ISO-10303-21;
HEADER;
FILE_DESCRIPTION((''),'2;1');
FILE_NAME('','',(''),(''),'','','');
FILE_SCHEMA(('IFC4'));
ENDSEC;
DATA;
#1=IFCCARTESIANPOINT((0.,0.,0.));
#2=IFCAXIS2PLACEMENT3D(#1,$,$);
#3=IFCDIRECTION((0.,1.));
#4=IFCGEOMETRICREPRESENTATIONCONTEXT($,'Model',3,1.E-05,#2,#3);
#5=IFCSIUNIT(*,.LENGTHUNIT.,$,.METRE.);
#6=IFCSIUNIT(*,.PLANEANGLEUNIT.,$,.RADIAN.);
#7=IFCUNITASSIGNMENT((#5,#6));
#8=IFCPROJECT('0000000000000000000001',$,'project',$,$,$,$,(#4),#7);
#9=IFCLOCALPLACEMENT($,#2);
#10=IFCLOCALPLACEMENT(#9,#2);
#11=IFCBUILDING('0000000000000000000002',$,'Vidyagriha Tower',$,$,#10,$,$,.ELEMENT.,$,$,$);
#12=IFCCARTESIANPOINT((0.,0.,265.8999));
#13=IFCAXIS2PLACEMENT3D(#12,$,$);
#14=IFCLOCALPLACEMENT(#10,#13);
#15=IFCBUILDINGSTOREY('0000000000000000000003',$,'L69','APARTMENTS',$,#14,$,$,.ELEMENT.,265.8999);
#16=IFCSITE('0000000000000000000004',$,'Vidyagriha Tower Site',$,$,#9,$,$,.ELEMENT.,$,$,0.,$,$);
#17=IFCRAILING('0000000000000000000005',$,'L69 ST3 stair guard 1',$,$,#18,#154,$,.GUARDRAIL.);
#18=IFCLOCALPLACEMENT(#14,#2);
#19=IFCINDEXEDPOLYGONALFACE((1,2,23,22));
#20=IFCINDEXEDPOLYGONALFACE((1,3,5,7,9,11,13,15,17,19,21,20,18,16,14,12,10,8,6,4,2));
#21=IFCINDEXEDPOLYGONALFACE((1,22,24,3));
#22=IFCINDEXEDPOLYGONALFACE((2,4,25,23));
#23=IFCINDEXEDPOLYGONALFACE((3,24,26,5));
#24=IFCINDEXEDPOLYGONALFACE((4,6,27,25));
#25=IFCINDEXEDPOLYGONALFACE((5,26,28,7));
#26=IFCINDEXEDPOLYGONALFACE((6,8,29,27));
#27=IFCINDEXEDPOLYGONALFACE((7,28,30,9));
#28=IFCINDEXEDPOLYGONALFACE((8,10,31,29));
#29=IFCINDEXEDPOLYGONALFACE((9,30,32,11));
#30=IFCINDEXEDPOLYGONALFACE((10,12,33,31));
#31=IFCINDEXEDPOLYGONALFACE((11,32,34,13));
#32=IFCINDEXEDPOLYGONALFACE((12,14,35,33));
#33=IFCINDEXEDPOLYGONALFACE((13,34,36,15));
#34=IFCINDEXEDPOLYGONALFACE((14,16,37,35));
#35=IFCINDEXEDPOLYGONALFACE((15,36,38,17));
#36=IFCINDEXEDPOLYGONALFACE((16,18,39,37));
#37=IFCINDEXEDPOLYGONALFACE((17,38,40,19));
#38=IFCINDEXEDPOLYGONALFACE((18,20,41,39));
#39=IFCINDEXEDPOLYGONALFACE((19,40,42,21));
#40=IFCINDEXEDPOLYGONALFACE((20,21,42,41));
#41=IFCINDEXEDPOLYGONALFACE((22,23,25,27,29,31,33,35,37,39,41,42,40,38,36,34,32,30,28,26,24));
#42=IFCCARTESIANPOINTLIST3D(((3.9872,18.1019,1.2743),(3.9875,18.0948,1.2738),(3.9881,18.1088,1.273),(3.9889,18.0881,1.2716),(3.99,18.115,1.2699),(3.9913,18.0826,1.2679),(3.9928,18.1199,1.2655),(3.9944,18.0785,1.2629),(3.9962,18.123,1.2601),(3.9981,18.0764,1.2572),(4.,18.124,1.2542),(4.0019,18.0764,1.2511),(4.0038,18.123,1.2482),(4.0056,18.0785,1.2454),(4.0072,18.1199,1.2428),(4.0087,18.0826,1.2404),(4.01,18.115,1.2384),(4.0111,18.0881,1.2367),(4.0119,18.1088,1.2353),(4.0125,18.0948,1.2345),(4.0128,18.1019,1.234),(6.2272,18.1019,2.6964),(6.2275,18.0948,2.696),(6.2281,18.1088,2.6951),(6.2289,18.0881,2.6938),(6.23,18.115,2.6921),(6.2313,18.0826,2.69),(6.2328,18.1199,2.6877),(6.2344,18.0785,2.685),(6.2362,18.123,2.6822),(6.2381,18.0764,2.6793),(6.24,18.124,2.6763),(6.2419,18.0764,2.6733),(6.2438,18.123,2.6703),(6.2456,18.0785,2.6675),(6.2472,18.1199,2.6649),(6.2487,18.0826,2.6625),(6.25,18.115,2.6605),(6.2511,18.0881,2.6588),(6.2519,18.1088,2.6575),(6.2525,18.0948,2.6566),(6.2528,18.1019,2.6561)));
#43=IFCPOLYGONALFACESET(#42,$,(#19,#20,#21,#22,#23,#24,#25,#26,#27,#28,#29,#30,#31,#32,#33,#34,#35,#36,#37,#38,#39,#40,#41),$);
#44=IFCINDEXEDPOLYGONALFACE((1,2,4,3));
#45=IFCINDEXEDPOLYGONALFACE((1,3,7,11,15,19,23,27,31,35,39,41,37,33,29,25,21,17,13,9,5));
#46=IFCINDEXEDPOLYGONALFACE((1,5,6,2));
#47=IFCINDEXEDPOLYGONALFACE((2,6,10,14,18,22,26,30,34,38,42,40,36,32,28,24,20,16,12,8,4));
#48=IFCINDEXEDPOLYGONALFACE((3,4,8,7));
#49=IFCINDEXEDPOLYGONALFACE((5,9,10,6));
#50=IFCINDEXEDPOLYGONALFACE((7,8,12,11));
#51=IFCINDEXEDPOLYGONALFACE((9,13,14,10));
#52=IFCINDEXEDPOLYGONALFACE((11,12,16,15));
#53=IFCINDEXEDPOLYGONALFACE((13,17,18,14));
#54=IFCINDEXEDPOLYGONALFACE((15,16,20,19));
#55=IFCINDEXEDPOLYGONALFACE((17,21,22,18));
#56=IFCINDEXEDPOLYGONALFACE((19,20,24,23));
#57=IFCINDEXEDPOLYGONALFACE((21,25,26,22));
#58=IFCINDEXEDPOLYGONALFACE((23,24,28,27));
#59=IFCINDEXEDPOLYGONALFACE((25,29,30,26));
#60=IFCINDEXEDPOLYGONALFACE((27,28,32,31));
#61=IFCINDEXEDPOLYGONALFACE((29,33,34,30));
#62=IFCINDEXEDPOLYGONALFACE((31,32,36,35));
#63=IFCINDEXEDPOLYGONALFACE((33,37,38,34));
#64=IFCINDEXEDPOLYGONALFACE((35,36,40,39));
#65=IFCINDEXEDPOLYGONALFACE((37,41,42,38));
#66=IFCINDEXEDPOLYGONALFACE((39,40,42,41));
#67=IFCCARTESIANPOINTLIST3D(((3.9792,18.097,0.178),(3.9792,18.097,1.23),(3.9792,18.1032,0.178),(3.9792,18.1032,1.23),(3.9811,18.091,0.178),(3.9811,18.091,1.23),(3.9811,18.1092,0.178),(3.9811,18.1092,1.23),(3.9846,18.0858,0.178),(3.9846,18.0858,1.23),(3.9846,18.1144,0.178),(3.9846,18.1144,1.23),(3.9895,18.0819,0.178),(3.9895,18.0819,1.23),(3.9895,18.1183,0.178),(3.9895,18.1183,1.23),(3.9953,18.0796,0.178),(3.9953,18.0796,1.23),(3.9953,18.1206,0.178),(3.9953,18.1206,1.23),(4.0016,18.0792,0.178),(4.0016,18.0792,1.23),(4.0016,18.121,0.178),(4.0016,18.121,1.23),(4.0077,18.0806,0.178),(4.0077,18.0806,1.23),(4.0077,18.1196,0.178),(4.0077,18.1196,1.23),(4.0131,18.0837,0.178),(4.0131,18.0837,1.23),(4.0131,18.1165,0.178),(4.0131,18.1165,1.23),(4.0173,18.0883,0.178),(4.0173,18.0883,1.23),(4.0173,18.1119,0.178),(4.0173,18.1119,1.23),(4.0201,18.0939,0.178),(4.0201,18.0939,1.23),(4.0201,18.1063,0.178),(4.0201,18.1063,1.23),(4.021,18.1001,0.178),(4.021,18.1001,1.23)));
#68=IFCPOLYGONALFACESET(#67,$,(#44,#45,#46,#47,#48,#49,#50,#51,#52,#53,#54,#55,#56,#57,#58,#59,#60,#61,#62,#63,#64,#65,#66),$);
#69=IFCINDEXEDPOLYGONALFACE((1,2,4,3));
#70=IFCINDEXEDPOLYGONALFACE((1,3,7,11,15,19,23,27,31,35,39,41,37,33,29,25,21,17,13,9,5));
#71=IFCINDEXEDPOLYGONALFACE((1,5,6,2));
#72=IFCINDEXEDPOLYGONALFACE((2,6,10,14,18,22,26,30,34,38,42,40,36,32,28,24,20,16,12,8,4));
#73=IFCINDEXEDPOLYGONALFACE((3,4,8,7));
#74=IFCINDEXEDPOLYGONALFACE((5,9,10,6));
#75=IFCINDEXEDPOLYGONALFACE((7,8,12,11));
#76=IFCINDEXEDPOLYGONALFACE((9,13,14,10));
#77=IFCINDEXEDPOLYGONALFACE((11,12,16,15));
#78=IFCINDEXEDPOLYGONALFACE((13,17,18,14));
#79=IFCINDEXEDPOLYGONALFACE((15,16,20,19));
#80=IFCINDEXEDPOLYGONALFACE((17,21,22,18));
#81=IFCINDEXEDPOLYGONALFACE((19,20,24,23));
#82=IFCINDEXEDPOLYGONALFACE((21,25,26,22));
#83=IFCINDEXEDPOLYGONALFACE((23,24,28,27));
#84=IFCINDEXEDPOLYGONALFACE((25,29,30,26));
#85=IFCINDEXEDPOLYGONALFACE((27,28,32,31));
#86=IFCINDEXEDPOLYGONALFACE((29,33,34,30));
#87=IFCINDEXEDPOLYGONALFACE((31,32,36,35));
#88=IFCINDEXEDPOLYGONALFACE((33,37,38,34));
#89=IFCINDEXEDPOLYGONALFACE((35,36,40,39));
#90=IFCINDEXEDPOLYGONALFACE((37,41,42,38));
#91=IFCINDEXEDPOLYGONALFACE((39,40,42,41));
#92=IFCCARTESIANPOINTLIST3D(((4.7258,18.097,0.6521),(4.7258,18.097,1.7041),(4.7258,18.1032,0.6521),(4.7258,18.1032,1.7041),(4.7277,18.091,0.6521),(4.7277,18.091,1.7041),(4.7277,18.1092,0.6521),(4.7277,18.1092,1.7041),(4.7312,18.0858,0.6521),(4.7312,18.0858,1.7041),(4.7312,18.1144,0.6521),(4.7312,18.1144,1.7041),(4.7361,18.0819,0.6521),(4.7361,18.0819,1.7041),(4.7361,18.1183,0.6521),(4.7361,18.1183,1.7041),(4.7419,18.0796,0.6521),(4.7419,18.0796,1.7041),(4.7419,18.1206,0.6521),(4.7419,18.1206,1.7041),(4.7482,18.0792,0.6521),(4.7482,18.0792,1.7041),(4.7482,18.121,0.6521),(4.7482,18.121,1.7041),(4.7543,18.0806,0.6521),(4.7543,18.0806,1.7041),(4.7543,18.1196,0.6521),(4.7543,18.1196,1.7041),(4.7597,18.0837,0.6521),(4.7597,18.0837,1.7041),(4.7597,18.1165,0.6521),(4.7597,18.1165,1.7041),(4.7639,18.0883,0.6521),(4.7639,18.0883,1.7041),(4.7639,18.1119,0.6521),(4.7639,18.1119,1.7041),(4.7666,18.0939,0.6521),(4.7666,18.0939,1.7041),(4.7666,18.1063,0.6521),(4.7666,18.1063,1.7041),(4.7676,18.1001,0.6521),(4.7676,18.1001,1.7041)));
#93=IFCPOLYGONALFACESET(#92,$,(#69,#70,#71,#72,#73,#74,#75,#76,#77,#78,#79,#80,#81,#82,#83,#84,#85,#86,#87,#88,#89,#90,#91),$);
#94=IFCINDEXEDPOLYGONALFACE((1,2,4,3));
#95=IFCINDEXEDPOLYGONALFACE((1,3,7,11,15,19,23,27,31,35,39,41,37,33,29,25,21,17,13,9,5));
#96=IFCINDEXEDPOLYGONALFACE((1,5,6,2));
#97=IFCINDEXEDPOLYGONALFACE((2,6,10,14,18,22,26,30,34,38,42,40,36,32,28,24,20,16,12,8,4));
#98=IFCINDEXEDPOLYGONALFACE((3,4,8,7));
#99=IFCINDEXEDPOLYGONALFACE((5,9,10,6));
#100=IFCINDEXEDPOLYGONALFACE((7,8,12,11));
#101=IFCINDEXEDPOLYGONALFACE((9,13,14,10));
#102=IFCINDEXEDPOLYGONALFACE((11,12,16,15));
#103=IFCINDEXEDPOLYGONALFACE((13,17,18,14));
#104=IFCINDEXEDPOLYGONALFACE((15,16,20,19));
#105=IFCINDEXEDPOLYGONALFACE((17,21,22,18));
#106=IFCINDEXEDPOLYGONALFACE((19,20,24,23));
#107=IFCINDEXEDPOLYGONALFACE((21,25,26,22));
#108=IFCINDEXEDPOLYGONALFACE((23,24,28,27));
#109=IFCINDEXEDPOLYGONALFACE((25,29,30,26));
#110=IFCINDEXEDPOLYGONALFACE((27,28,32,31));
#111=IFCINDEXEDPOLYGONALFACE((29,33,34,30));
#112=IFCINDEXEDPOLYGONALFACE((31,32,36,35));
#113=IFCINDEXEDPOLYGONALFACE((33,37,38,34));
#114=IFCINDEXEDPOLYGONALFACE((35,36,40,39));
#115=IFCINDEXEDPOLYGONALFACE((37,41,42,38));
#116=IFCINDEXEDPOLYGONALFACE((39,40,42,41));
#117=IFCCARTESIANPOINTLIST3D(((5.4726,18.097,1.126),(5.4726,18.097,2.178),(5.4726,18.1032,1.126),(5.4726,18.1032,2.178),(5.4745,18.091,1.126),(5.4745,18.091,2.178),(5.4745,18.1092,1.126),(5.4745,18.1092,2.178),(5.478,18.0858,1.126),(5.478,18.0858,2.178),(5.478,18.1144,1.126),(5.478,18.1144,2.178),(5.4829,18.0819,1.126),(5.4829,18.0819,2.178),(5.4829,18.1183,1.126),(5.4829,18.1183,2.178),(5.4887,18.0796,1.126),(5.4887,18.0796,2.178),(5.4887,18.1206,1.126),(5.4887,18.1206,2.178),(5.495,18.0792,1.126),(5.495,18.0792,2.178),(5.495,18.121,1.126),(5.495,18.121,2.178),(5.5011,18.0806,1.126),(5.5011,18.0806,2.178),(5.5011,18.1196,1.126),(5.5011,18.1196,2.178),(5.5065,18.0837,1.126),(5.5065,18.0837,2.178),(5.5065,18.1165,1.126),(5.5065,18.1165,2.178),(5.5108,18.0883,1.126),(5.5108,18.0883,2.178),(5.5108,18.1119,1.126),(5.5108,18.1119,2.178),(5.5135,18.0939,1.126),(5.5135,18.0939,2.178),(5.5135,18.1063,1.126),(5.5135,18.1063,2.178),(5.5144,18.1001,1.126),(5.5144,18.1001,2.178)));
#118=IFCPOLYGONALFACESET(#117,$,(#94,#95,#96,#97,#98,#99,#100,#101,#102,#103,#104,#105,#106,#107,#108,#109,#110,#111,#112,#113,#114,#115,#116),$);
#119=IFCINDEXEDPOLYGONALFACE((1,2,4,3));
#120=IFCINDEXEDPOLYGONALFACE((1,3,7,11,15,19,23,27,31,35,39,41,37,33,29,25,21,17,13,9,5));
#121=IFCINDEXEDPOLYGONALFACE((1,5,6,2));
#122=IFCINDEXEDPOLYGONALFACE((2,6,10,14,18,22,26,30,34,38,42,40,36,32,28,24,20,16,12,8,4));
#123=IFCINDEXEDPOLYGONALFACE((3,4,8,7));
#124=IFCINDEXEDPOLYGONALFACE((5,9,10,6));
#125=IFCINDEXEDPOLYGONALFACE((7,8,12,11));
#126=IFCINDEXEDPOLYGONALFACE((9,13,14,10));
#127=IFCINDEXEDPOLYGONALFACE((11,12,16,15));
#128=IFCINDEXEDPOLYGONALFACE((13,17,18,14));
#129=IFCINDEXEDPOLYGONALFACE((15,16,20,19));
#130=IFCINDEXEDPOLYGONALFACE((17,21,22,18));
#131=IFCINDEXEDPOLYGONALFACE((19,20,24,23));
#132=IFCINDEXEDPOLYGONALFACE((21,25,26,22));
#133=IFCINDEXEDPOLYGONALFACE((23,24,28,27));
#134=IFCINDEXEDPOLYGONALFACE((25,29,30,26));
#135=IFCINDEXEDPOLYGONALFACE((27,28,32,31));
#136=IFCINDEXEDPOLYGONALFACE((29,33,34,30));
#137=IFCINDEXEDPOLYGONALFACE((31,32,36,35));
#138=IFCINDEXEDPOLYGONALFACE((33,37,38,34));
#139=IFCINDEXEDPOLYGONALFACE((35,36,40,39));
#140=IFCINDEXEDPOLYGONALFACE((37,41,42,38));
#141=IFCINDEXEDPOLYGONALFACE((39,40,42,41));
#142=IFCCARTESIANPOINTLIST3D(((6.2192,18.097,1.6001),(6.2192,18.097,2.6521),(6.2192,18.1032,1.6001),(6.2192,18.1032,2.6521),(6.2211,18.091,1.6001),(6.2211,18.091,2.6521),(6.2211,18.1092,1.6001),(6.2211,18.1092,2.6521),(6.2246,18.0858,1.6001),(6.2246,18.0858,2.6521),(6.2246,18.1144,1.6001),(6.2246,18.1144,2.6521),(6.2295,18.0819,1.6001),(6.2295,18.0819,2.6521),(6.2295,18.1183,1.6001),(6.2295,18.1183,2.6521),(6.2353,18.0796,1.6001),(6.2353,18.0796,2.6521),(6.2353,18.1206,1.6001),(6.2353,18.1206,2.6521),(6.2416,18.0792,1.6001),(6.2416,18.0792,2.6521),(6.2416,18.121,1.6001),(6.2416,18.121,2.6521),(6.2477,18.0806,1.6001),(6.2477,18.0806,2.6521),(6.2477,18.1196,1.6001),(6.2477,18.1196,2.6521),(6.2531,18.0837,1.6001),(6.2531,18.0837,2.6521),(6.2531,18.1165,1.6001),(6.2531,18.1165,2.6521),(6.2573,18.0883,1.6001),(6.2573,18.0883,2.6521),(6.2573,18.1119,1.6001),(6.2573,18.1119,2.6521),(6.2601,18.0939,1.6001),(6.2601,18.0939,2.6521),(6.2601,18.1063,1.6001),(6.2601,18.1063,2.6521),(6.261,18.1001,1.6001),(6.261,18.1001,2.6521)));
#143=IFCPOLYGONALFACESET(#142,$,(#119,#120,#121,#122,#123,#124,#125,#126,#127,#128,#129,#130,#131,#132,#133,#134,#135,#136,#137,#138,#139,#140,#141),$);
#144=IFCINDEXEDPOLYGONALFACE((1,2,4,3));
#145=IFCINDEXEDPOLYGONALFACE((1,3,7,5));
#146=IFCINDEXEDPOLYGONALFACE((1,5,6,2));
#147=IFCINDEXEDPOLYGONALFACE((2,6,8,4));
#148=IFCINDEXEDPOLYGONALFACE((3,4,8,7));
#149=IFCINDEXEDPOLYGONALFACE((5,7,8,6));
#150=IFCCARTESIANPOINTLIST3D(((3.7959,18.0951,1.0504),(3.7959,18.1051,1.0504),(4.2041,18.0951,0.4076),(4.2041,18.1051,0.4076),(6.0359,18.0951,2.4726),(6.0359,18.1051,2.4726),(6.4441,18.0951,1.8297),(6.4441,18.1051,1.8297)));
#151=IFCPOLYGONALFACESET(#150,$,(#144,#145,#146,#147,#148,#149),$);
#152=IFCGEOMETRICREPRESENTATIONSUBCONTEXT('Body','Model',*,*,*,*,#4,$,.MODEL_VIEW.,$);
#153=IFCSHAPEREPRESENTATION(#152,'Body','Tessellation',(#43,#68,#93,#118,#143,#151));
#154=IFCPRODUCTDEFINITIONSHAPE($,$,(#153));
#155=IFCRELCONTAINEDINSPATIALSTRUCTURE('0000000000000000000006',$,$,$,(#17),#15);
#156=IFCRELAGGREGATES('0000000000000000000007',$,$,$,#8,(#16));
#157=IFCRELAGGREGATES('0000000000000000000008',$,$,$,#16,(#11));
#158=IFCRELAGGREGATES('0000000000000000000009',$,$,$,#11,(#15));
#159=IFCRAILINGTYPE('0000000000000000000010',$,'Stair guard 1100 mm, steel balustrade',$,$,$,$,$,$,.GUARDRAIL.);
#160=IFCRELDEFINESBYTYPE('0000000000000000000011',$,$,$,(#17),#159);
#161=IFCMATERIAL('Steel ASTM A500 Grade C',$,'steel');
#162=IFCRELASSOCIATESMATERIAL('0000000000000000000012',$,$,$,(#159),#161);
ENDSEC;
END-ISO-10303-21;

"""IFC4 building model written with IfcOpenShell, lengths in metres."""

from ifc_helpers import new_model, si_unit, direction, frame, origin, origin_2d, place, context, subcontext, project, spatial, rectangle, circle, extrude, material, type_object, element, save


model = new_model("IFC4")

# Units and contexts
model_context = context("Model", 3, precision=1e-05, world=origin(), true_north=direction((0.0, 1.0)))
body_context = subcontext(model_context, "Body", "Model", "MODEL_VIEW")
ifc_project = project(units=[si_unit("LENGTHUNIT", "METRE"), si_unit("PLANEANGLEUNIT", "RADIAN")], contexts=[model_context])

# Site, building, storey
site_placement = place(None, origin())
site = spatial("IfcSite", under=ifc_project, at=site_placement, Name="Vidyagriha Tower Site", CompositionType="ELEMENT", RefElevation=0.0)
building_placement = place(site_placement, origin())
building = spatial("IfcBuilding", under=site, at=building_placement, Name="Vidyagriha Tower", CompositionType="ELEMENT")
storey_placement = place(building_placement, frame((0.0, 0.0, 265.8999)))
storey = spatial("IfcBuildingStorey", under=building, at=storey_placement, Name="L69", Description="APARTMENTS", CompositionType="ELEMENT", Elevation=265.8999)

# Railing
ifc_material_1 = material(Name="Steel ASTM A500 Grade C", Category="steel")
railing_type_1 = type_object("IfcRailingType", Name="Stair guard 1100 mm, steel balustrade", PredefinedType="GUARDRAIL", material=ifc_material_1)
railing_1_placement = place(storey_placement, frame((4.0, 18.1001, 0.178)))
element("IfcRailing", 1, at=railing_1_placement, inside=storey, type_object=railing_type_1, Name="L69 ST3 stair guard 1", PredefinedType="GUARDRAIL", context=body_context, shape_type="SweptSolid", body=[
    extrude(circle(Radius=0.0239, at=origin_2d()), frame((0.0, 0.0, 1.0762), z_axis=(0.844229, 0.0, 0.535982), x_axis=(0.0, 1.0, 0.0)), (0.0, 0.0, 1.0), 2.6533),
    extrude(circle(Radius=0.021, at=origin_2d()), origin(), (0.0, 0.0, 1.0), 1.052),
    extrude(circle(Radius=0.021, at=origin_2d()), frame((0.7466, 0.0, 0.4741)), (0.0, 0.0, 1.0), 1.052),
    extrude(circle(Radius=0.021, at=origin_2d()), frame((1.4934, 0.0, 0.948)), (0.0, 0.0, 1.0), 1.052),
    extrude(circle(Radius=0.021, at=origin_2d()), frame((2.24, 0.0, 1.4221)), (0.0, 0.0, 1.0), 1.052),
    extrude(rectangle(XDim=0.01, YDim=0.7615, at=origin_2d()), frame((0.0, 0.0, 0.551), z_axis=(0.844229, 0.0, 0.535982), x_axis=(0.0, 1.0, 0.0)), (0.0, 0.0, 1.0), 2.6533),
])

save(model, "model.ifc")
